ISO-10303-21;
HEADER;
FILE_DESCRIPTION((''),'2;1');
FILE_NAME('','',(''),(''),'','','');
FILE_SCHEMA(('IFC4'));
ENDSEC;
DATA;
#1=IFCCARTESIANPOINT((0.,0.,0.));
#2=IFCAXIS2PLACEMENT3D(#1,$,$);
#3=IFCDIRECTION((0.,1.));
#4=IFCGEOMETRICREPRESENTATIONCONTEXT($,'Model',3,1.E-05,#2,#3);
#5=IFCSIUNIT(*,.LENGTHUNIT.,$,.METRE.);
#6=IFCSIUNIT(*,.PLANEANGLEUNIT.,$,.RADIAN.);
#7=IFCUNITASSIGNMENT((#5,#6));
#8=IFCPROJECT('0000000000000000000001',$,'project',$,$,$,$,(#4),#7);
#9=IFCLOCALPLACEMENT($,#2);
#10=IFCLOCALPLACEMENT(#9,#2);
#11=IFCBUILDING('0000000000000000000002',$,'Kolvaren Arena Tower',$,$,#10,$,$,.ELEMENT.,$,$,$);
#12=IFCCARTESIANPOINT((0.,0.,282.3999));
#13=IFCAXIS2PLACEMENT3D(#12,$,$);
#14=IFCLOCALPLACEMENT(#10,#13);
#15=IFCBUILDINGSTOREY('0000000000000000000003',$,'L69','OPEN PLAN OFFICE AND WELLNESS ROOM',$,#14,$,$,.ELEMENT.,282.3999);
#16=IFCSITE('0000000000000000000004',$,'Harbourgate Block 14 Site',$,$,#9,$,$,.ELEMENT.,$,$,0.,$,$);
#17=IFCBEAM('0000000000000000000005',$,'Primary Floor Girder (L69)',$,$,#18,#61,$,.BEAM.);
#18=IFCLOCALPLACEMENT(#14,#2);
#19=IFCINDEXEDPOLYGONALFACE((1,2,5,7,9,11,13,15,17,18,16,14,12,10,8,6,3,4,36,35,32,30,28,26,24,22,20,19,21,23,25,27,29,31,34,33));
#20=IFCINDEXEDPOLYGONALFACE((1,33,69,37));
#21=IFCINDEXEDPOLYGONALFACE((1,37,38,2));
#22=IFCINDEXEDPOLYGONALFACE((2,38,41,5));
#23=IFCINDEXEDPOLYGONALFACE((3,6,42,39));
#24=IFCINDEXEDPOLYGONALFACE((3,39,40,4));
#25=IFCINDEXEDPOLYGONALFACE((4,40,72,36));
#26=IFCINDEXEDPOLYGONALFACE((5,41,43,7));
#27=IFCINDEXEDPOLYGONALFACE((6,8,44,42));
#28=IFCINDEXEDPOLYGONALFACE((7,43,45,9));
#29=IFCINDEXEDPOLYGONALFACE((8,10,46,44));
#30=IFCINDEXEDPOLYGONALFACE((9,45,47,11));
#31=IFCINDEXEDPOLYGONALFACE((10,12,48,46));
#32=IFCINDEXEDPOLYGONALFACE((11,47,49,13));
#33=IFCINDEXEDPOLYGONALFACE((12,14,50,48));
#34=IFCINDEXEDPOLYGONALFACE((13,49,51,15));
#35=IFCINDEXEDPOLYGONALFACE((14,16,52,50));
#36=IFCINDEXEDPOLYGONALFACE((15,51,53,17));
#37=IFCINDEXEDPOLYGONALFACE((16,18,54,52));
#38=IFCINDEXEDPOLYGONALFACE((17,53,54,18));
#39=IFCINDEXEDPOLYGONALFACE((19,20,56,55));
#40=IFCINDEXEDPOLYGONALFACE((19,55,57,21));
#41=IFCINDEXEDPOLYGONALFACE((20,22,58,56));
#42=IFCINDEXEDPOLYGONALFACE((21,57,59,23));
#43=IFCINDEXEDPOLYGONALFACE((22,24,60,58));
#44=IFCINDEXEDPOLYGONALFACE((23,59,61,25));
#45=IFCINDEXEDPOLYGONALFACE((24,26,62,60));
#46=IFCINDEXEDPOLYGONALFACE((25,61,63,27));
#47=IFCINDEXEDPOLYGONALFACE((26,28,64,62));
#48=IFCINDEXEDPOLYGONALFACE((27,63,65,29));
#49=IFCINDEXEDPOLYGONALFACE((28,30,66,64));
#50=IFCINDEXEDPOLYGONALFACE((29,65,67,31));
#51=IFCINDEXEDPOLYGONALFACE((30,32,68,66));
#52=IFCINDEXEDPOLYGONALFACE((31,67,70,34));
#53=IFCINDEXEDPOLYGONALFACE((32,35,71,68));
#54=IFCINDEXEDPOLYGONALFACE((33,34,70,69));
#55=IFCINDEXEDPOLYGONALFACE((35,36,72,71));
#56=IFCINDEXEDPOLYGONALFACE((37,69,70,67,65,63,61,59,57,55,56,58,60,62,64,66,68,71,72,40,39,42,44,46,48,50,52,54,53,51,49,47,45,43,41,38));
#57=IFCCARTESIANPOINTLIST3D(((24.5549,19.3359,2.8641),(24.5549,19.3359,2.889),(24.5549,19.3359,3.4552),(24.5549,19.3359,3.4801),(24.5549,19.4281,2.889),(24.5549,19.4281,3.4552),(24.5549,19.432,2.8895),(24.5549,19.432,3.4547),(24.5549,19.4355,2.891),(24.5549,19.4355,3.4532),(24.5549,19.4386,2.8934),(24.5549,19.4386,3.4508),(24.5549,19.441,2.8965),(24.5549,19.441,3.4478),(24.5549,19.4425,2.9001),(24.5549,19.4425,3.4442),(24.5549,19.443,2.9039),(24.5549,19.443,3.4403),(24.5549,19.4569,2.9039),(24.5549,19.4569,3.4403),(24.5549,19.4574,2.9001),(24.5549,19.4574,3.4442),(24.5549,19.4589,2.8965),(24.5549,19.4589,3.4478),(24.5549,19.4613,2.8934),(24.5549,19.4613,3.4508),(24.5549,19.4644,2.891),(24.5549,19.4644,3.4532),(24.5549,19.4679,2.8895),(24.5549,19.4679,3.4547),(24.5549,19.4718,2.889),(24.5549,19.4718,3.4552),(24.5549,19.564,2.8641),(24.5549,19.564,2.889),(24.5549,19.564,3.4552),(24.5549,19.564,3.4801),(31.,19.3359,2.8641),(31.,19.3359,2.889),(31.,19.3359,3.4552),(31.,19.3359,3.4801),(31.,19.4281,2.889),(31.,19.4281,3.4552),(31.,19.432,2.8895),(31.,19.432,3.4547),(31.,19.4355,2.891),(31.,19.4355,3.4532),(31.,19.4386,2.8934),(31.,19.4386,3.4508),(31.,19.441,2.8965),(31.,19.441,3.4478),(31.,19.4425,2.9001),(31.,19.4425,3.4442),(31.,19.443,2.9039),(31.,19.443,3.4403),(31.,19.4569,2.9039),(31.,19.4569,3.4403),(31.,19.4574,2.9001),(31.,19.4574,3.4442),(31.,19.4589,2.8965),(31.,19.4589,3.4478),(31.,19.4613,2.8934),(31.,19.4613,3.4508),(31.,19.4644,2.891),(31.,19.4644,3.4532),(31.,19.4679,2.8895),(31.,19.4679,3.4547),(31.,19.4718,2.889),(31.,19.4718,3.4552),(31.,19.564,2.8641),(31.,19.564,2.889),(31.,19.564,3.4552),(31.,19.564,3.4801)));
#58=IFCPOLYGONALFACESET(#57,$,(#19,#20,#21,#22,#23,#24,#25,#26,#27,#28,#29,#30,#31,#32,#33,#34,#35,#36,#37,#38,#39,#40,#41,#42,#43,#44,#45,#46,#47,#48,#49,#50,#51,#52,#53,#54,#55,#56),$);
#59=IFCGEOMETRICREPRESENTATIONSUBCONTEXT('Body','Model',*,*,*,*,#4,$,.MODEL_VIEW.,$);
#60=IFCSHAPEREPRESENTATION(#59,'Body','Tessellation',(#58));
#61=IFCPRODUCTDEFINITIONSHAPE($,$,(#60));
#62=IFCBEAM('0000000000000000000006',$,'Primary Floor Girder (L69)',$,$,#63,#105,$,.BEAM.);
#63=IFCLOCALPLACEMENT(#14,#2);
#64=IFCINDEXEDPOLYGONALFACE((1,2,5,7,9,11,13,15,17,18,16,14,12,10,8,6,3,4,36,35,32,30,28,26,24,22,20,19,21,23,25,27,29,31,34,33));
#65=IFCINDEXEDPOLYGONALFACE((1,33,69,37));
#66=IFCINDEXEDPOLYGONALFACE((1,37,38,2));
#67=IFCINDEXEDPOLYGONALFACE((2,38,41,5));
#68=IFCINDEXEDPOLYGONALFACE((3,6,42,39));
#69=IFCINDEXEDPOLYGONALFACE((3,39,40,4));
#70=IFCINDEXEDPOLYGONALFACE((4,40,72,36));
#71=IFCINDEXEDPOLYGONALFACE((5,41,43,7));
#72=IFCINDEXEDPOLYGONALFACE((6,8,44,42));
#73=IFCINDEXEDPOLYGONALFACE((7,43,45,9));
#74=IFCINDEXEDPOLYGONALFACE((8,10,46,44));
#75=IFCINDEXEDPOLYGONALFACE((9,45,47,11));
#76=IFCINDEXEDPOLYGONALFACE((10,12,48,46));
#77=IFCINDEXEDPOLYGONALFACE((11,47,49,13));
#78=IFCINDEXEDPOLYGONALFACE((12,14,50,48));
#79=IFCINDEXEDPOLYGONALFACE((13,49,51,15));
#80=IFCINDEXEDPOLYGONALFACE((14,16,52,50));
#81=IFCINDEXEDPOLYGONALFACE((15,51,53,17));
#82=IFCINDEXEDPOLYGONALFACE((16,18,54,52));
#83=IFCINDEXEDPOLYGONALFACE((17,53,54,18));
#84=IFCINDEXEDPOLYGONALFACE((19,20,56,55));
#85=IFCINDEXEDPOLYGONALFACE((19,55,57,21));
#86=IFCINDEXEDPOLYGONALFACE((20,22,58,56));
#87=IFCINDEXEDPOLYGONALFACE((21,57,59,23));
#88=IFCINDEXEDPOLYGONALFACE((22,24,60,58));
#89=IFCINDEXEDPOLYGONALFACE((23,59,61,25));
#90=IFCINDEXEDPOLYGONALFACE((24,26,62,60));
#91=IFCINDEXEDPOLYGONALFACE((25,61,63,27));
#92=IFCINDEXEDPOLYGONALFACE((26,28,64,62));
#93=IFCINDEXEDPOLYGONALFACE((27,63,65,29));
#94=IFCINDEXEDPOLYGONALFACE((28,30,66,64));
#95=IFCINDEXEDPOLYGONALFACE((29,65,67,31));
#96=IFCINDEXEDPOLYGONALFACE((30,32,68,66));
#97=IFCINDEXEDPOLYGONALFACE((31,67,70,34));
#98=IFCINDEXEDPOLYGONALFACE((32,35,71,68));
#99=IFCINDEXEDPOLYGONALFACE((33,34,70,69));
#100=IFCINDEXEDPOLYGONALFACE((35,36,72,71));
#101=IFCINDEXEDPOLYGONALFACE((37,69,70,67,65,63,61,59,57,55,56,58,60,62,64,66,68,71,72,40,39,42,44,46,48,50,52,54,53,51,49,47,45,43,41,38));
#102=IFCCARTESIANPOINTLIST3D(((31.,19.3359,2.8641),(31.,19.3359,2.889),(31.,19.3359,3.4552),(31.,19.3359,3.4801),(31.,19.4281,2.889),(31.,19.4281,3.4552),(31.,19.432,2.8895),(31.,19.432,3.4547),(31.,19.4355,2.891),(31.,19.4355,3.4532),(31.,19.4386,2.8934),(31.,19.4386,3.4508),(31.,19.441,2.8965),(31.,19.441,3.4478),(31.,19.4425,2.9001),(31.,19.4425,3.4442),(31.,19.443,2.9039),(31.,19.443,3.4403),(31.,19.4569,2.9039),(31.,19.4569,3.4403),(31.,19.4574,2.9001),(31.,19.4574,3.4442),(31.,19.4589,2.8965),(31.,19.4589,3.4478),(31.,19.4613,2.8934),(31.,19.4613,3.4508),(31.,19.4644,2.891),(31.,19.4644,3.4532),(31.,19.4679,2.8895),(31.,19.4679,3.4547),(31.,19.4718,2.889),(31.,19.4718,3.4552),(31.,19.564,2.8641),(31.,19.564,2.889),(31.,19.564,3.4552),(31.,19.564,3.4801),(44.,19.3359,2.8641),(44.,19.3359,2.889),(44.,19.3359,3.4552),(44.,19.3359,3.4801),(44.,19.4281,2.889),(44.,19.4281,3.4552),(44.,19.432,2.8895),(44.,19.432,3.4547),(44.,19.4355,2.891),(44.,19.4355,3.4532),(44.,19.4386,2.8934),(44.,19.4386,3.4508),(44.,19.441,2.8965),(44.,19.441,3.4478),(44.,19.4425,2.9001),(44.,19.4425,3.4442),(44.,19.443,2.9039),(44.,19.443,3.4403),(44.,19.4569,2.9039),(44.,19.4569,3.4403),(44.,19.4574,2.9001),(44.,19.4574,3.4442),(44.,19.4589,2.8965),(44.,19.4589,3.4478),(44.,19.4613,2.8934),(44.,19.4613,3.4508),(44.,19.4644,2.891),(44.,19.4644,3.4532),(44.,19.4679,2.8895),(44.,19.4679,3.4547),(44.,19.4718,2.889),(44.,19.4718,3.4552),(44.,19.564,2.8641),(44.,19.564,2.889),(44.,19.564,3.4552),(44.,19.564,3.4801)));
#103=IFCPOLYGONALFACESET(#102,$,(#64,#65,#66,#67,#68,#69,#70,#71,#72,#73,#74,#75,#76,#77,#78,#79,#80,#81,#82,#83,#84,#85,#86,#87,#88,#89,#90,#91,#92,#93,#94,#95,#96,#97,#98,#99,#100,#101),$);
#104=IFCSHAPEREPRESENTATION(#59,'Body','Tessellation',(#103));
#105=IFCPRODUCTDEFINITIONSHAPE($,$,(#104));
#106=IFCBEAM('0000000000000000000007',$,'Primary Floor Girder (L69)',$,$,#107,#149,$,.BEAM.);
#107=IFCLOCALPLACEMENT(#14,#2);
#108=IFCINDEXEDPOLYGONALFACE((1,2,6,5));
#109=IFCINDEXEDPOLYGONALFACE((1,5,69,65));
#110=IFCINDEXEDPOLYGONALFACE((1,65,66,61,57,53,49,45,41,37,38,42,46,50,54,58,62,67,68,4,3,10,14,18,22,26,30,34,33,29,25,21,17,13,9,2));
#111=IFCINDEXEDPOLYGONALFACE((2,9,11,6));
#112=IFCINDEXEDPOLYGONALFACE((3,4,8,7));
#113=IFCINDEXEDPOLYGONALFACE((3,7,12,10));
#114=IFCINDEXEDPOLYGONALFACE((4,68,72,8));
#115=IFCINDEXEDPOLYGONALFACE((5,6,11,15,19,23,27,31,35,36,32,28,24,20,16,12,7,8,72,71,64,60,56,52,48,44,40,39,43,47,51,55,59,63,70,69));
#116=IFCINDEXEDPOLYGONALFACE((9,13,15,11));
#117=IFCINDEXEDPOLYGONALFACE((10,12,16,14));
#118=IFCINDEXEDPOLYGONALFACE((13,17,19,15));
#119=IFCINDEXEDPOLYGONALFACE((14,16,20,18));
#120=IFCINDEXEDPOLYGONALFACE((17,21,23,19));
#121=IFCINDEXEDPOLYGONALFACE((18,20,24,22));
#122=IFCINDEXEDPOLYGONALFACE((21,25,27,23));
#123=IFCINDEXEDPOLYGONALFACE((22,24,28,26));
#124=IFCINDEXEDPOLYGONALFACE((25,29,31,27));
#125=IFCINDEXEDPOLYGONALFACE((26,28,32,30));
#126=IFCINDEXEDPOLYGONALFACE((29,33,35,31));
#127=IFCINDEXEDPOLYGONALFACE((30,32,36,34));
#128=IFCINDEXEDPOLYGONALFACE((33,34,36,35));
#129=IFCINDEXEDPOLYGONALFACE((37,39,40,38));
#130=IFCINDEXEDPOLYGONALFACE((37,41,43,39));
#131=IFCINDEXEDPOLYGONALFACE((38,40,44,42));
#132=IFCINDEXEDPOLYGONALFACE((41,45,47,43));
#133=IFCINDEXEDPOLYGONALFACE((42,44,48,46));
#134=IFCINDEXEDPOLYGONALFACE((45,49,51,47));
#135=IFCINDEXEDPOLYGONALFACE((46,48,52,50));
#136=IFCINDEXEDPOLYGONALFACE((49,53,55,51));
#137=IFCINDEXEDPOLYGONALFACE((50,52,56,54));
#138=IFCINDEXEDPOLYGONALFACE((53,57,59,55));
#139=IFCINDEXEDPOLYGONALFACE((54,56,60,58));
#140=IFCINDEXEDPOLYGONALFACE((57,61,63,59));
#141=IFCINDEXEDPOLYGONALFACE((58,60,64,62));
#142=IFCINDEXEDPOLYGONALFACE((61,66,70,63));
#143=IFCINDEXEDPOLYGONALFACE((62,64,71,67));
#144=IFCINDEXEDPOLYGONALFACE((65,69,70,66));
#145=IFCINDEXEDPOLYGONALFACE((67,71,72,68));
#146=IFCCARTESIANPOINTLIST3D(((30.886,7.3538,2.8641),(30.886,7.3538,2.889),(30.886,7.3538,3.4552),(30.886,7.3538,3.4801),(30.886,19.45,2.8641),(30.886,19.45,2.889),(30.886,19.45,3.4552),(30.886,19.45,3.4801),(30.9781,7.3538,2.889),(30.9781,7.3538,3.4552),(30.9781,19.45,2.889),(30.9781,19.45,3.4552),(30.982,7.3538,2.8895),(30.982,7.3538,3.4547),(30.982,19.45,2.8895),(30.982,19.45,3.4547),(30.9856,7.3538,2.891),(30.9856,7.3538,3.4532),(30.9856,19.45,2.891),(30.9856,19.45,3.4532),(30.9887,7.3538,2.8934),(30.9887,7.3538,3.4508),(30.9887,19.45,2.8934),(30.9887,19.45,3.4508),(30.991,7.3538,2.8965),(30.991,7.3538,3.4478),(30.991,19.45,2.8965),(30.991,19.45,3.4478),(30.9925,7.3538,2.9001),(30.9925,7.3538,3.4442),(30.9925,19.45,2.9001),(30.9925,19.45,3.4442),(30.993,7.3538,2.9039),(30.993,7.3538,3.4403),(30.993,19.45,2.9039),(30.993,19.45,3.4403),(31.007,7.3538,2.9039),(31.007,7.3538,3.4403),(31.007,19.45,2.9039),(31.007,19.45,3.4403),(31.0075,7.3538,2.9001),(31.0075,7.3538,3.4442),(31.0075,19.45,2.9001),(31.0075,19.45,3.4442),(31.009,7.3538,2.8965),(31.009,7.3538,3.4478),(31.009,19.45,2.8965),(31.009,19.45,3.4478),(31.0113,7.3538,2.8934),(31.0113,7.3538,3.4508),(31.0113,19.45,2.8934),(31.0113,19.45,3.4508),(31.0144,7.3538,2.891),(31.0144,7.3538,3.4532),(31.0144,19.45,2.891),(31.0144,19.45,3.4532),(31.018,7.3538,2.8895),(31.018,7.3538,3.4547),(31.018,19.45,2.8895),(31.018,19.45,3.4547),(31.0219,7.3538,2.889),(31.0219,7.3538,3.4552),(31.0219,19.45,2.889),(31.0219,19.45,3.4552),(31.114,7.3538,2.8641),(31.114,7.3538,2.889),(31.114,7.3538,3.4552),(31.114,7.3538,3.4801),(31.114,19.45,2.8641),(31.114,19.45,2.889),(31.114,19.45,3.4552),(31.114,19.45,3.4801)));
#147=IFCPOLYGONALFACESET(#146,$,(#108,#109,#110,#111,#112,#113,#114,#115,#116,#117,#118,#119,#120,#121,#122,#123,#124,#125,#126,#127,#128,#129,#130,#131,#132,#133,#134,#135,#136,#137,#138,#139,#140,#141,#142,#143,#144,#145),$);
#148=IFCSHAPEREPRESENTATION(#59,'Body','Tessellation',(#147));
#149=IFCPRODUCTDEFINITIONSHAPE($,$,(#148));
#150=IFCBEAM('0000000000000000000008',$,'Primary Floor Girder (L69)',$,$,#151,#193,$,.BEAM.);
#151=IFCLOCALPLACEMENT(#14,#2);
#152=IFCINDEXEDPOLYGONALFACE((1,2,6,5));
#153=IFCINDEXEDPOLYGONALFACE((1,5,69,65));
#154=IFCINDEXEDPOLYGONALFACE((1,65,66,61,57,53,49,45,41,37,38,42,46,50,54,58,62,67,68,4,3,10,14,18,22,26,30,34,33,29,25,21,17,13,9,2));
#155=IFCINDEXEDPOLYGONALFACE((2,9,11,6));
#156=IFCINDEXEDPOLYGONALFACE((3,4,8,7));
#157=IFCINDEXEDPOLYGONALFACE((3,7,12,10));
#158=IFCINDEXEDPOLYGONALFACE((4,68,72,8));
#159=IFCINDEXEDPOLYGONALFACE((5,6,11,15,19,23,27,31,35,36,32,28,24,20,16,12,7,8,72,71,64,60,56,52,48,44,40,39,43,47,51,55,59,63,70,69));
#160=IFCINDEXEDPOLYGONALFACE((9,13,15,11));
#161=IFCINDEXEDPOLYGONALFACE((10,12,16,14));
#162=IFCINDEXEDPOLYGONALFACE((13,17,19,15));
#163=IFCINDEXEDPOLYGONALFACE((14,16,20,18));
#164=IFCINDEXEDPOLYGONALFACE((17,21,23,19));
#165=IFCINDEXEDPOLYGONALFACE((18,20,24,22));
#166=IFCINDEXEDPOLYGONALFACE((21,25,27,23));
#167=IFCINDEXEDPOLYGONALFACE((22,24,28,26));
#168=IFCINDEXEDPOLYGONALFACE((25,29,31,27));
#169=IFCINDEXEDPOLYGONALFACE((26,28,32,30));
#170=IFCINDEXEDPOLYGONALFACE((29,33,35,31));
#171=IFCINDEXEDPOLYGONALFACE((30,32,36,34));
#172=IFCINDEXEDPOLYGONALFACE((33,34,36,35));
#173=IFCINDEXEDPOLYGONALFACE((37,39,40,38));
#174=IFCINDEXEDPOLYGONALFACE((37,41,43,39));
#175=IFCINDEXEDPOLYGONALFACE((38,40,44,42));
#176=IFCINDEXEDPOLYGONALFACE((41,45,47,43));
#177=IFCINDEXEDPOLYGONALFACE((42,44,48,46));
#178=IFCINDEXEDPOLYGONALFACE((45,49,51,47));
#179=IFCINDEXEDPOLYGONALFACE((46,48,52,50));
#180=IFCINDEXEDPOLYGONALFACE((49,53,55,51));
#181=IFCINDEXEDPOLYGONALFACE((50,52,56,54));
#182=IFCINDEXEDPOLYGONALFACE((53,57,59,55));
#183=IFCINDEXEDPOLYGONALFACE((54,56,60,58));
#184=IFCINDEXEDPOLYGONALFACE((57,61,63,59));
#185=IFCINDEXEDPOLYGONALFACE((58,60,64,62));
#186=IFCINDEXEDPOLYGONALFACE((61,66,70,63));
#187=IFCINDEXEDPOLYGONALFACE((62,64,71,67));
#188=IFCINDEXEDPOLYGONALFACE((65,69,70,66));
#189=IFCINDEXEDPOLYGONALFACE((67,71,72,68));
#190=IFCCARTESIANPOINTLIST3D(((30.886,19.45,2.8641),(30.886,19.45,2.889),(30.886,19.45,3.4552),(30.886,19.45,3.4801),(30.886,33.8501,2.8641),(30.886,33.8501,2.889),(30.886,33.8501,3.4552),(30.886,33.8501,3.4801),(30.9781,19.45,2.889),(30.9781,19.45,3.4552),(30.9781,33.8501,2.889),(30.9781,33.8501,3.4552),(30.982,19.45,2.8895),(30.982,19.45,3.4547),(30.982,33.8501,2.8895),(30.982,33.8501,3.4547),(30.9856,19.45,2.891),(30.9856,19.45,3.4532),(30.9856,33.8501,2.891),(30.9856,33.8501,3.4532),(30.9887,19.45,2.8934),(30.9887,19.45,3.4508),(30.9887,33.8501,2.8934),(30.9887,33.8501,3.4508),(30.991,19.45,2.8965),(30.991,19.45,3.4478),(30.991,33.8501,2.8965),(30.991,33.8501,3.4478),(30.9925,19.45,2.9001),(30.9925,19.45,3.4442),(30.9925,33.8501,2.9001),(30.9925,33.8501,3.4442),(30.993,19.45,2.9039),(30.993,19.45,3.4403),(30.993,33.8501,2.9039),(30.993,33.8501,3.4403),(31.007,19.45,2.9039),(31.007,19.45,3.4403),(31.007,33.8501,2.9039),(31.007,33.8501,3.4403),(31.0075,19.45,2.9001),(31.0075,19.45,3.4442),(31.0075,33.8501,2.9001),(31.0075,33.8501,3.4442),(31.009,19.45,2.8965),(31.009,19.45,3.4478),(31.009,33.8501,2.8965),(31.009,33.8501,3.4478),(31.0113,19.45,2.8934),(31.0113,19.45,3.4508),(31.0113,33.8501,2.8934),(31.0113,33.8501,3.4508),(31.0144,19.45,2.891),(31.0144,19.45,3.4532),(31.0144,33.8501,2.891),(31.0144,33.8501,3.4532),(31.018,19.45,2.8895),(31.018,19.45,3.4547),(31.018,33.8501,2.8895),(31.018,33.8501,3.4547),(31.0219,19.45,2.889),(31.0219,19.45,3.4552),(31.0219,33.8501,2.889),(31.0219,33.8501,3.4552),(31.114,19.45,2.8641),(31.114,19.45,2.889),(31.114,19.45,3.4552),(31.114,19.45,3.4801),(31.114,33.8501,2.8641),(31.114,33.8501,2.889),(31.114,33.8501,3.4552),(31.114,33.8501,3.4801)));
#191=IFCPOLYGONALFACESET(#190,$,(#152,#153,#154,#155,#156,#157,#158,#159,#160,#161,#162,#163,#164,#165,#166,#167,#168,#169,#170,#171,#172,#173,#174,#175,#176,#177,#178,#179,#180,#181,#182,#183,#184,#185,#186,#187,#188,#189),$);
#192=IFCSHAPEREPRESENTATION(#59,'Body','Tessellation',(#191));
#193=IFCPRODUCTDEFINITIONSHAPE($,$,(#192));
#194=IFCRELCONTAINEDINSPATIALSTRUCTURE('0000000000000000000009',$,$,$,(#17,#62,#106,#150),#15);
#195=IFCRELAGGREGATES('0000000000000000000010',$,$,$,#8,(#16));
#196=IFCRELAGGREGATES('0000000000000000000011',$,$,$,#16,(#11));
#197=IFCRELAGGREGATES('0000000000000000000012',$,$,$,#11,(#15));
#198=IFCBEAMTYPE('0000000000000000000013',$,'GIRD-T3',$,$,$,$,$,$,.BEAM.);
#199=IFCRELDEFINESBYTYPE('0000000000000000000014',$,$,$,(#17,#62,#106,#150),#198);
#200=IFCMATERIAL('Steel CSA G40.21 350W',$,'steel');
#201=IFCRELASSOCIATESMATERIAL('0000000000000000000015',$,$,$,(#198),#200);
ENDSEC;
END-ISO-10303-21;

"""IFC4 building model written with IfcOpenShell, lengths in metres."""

from ifc_helpers import new_model, si_unit, direction, frame, origin, origin_2d, place, context, subcontext, project, spatial, i_section, extrude, material, material_profile, profile_set, type_object, element, save


model = new_model("IFC4")

# Units and contexts
model_context = context("Model", 3, precision=1e-05, world=origin(), true_north=direction((0.0, 1.0)))
body_context = subcontext(model_context, "Body", "Model", "MODEL_VIEW")
ifc_project = project(units=[si_unit("LENGTHUNIT", "METRE"), si_unit("PLANEANGLEUNIT", "RADIAN")], contexts=[model_context])

# Site, building, storey
site_placement = place(None, origin())
site = spatial("IfcSite", under=ifc_project, at=site_placement, Name="Harbourgate Block 14 Site", CompositionType="ELEMENT", RefElevation=0.0)
building_placement = place(site_placement, origin())
building = spatial("IfcBuilding", under=site, at=building_placement, Name="Kolvaren Arena Tower", CompositionType="ELEMENT")
storey_placement = place(building_placement, frame((0.0, 0.0, 282.3999)))
storey = spatial("IfcBuildingStorey", under=building, at=storey_placement, Name="L69", Description="OPEN PLAN OFFICE AND WELLNESS ROOM", CompositionType="ELEMENT", Elevation=282.3999)

# Beams
ifc_material_1 = material(Name="Steel CSA G40.21 350W", Category="steel")
ifc_material_profile_1 = material_profile(ifc_material_1, i_section(OverallWidth=0.228, OverallDepth=0.616, WebThickness=0.0139, FlangeThickness=0.0249, FilletRadius=0.0149, at=origin_2d()), Name="W610x174")
ifc_profile_set_1 = profile_set([ifc_material_profile_1], Name="Steel CSA G40.21 350W")
beam_type_1 = type_object("IfcBeamType", Name="GIRD-T3", PredefinedType="BEAM", material=ifc_profile_set_1)
beam_1_placement = place(storey_placement, frame((24.5549, 19.45, 3.1721), z_axis=(1.0, 0.0, 0.0), x_axis=(0.0, 1.0, 0.0)))
element("IfcBeam", 1, at=beam_1_placement, inside=storey, type_object=beam_type_1, Name="Primary Floor Girder (L69)", PredefinedType="BEAM", context=body_context, shape_type="SweptSolid", body=[
    extrude(i_section(OverallWidth=0.228, OverallDepth=0.616, WebThickness=0.0139, FlangeThickness=0.0249, FilletRadius=0.0149, at=origin_2d()), origin(), (0.0, 0.0, 1.0), 6.4451),
])
beam_2_placement = place(storey_placement, frame((31.0, 19.45, 3.1721), z_axis=(1.0, 0.0, 0.0), x_axis=(0.0, 1.0, 0.0)))
element("IfcBeam", 2, at=beam_2_placement, inside=storey, type_object=beam_type_1, Name="Primary Floor Girder (L69)", PredefinedType="BEAM", context=body_context, shape_type="SweptSolid", body=[
    extrude(i_section(OverallWidth=0.228, OverallDepth=0.616, WebThickness=0.0139, FlangeThickness=0.0249, FilletRadius=0.0149, at=origin_2d()), origin(), (0.0, 0.0, 1.0), 13.0),
])
beam_3_placement = place(storey_placement, frame((31.0, 7.3538, 3.1721), z_axis=(0.0, 1.0, 0.0), x_axis=(-1.0, 0.0, 0.0)))
element("IfcBeam", 3, at=beam_3_placement, inside=storey, type_object=beam_type_1, Name="Primary Floor Girder (L69)", PredefinedType="BEAM", context=body_context, shape_type="SweptSolid", body=[
    extrude(i_section(OverallWidth=0.228, OverallDepth=0.616, WebThickness=0.0139, FlangeThickness=0.0249, FilletRadius=0.0149, at=origin_2d()), origin(), (0.0, 0.0, 1.0), 12.0962),
])
beam_4_placement = place(storey_placement, frame((31.0, 19.45, 3.1721), z_axis=(0.0, 1.0, 0.0), x_axis=(-1.0, 0.0, 0.0)))
element("IfcBeam", 4, at=beam_4_placement, inside=storey, type_object=beam_type_1, Name="Primary Floor Girder (L69)", PredefinedType="BEAM", context=body_context, shape_type="SweptSolid", body=[
    extrude(i_section(OverallWidth=0.228, OverallDepth=0.616, WebThickness=0.0139, FlangeThickness=0.0249, FilletRadius=0.0149, at=origin_2d()), origin(), (0.0, 0.0, 1.0), 14.4001),
])

save(model, "model.ifc")
